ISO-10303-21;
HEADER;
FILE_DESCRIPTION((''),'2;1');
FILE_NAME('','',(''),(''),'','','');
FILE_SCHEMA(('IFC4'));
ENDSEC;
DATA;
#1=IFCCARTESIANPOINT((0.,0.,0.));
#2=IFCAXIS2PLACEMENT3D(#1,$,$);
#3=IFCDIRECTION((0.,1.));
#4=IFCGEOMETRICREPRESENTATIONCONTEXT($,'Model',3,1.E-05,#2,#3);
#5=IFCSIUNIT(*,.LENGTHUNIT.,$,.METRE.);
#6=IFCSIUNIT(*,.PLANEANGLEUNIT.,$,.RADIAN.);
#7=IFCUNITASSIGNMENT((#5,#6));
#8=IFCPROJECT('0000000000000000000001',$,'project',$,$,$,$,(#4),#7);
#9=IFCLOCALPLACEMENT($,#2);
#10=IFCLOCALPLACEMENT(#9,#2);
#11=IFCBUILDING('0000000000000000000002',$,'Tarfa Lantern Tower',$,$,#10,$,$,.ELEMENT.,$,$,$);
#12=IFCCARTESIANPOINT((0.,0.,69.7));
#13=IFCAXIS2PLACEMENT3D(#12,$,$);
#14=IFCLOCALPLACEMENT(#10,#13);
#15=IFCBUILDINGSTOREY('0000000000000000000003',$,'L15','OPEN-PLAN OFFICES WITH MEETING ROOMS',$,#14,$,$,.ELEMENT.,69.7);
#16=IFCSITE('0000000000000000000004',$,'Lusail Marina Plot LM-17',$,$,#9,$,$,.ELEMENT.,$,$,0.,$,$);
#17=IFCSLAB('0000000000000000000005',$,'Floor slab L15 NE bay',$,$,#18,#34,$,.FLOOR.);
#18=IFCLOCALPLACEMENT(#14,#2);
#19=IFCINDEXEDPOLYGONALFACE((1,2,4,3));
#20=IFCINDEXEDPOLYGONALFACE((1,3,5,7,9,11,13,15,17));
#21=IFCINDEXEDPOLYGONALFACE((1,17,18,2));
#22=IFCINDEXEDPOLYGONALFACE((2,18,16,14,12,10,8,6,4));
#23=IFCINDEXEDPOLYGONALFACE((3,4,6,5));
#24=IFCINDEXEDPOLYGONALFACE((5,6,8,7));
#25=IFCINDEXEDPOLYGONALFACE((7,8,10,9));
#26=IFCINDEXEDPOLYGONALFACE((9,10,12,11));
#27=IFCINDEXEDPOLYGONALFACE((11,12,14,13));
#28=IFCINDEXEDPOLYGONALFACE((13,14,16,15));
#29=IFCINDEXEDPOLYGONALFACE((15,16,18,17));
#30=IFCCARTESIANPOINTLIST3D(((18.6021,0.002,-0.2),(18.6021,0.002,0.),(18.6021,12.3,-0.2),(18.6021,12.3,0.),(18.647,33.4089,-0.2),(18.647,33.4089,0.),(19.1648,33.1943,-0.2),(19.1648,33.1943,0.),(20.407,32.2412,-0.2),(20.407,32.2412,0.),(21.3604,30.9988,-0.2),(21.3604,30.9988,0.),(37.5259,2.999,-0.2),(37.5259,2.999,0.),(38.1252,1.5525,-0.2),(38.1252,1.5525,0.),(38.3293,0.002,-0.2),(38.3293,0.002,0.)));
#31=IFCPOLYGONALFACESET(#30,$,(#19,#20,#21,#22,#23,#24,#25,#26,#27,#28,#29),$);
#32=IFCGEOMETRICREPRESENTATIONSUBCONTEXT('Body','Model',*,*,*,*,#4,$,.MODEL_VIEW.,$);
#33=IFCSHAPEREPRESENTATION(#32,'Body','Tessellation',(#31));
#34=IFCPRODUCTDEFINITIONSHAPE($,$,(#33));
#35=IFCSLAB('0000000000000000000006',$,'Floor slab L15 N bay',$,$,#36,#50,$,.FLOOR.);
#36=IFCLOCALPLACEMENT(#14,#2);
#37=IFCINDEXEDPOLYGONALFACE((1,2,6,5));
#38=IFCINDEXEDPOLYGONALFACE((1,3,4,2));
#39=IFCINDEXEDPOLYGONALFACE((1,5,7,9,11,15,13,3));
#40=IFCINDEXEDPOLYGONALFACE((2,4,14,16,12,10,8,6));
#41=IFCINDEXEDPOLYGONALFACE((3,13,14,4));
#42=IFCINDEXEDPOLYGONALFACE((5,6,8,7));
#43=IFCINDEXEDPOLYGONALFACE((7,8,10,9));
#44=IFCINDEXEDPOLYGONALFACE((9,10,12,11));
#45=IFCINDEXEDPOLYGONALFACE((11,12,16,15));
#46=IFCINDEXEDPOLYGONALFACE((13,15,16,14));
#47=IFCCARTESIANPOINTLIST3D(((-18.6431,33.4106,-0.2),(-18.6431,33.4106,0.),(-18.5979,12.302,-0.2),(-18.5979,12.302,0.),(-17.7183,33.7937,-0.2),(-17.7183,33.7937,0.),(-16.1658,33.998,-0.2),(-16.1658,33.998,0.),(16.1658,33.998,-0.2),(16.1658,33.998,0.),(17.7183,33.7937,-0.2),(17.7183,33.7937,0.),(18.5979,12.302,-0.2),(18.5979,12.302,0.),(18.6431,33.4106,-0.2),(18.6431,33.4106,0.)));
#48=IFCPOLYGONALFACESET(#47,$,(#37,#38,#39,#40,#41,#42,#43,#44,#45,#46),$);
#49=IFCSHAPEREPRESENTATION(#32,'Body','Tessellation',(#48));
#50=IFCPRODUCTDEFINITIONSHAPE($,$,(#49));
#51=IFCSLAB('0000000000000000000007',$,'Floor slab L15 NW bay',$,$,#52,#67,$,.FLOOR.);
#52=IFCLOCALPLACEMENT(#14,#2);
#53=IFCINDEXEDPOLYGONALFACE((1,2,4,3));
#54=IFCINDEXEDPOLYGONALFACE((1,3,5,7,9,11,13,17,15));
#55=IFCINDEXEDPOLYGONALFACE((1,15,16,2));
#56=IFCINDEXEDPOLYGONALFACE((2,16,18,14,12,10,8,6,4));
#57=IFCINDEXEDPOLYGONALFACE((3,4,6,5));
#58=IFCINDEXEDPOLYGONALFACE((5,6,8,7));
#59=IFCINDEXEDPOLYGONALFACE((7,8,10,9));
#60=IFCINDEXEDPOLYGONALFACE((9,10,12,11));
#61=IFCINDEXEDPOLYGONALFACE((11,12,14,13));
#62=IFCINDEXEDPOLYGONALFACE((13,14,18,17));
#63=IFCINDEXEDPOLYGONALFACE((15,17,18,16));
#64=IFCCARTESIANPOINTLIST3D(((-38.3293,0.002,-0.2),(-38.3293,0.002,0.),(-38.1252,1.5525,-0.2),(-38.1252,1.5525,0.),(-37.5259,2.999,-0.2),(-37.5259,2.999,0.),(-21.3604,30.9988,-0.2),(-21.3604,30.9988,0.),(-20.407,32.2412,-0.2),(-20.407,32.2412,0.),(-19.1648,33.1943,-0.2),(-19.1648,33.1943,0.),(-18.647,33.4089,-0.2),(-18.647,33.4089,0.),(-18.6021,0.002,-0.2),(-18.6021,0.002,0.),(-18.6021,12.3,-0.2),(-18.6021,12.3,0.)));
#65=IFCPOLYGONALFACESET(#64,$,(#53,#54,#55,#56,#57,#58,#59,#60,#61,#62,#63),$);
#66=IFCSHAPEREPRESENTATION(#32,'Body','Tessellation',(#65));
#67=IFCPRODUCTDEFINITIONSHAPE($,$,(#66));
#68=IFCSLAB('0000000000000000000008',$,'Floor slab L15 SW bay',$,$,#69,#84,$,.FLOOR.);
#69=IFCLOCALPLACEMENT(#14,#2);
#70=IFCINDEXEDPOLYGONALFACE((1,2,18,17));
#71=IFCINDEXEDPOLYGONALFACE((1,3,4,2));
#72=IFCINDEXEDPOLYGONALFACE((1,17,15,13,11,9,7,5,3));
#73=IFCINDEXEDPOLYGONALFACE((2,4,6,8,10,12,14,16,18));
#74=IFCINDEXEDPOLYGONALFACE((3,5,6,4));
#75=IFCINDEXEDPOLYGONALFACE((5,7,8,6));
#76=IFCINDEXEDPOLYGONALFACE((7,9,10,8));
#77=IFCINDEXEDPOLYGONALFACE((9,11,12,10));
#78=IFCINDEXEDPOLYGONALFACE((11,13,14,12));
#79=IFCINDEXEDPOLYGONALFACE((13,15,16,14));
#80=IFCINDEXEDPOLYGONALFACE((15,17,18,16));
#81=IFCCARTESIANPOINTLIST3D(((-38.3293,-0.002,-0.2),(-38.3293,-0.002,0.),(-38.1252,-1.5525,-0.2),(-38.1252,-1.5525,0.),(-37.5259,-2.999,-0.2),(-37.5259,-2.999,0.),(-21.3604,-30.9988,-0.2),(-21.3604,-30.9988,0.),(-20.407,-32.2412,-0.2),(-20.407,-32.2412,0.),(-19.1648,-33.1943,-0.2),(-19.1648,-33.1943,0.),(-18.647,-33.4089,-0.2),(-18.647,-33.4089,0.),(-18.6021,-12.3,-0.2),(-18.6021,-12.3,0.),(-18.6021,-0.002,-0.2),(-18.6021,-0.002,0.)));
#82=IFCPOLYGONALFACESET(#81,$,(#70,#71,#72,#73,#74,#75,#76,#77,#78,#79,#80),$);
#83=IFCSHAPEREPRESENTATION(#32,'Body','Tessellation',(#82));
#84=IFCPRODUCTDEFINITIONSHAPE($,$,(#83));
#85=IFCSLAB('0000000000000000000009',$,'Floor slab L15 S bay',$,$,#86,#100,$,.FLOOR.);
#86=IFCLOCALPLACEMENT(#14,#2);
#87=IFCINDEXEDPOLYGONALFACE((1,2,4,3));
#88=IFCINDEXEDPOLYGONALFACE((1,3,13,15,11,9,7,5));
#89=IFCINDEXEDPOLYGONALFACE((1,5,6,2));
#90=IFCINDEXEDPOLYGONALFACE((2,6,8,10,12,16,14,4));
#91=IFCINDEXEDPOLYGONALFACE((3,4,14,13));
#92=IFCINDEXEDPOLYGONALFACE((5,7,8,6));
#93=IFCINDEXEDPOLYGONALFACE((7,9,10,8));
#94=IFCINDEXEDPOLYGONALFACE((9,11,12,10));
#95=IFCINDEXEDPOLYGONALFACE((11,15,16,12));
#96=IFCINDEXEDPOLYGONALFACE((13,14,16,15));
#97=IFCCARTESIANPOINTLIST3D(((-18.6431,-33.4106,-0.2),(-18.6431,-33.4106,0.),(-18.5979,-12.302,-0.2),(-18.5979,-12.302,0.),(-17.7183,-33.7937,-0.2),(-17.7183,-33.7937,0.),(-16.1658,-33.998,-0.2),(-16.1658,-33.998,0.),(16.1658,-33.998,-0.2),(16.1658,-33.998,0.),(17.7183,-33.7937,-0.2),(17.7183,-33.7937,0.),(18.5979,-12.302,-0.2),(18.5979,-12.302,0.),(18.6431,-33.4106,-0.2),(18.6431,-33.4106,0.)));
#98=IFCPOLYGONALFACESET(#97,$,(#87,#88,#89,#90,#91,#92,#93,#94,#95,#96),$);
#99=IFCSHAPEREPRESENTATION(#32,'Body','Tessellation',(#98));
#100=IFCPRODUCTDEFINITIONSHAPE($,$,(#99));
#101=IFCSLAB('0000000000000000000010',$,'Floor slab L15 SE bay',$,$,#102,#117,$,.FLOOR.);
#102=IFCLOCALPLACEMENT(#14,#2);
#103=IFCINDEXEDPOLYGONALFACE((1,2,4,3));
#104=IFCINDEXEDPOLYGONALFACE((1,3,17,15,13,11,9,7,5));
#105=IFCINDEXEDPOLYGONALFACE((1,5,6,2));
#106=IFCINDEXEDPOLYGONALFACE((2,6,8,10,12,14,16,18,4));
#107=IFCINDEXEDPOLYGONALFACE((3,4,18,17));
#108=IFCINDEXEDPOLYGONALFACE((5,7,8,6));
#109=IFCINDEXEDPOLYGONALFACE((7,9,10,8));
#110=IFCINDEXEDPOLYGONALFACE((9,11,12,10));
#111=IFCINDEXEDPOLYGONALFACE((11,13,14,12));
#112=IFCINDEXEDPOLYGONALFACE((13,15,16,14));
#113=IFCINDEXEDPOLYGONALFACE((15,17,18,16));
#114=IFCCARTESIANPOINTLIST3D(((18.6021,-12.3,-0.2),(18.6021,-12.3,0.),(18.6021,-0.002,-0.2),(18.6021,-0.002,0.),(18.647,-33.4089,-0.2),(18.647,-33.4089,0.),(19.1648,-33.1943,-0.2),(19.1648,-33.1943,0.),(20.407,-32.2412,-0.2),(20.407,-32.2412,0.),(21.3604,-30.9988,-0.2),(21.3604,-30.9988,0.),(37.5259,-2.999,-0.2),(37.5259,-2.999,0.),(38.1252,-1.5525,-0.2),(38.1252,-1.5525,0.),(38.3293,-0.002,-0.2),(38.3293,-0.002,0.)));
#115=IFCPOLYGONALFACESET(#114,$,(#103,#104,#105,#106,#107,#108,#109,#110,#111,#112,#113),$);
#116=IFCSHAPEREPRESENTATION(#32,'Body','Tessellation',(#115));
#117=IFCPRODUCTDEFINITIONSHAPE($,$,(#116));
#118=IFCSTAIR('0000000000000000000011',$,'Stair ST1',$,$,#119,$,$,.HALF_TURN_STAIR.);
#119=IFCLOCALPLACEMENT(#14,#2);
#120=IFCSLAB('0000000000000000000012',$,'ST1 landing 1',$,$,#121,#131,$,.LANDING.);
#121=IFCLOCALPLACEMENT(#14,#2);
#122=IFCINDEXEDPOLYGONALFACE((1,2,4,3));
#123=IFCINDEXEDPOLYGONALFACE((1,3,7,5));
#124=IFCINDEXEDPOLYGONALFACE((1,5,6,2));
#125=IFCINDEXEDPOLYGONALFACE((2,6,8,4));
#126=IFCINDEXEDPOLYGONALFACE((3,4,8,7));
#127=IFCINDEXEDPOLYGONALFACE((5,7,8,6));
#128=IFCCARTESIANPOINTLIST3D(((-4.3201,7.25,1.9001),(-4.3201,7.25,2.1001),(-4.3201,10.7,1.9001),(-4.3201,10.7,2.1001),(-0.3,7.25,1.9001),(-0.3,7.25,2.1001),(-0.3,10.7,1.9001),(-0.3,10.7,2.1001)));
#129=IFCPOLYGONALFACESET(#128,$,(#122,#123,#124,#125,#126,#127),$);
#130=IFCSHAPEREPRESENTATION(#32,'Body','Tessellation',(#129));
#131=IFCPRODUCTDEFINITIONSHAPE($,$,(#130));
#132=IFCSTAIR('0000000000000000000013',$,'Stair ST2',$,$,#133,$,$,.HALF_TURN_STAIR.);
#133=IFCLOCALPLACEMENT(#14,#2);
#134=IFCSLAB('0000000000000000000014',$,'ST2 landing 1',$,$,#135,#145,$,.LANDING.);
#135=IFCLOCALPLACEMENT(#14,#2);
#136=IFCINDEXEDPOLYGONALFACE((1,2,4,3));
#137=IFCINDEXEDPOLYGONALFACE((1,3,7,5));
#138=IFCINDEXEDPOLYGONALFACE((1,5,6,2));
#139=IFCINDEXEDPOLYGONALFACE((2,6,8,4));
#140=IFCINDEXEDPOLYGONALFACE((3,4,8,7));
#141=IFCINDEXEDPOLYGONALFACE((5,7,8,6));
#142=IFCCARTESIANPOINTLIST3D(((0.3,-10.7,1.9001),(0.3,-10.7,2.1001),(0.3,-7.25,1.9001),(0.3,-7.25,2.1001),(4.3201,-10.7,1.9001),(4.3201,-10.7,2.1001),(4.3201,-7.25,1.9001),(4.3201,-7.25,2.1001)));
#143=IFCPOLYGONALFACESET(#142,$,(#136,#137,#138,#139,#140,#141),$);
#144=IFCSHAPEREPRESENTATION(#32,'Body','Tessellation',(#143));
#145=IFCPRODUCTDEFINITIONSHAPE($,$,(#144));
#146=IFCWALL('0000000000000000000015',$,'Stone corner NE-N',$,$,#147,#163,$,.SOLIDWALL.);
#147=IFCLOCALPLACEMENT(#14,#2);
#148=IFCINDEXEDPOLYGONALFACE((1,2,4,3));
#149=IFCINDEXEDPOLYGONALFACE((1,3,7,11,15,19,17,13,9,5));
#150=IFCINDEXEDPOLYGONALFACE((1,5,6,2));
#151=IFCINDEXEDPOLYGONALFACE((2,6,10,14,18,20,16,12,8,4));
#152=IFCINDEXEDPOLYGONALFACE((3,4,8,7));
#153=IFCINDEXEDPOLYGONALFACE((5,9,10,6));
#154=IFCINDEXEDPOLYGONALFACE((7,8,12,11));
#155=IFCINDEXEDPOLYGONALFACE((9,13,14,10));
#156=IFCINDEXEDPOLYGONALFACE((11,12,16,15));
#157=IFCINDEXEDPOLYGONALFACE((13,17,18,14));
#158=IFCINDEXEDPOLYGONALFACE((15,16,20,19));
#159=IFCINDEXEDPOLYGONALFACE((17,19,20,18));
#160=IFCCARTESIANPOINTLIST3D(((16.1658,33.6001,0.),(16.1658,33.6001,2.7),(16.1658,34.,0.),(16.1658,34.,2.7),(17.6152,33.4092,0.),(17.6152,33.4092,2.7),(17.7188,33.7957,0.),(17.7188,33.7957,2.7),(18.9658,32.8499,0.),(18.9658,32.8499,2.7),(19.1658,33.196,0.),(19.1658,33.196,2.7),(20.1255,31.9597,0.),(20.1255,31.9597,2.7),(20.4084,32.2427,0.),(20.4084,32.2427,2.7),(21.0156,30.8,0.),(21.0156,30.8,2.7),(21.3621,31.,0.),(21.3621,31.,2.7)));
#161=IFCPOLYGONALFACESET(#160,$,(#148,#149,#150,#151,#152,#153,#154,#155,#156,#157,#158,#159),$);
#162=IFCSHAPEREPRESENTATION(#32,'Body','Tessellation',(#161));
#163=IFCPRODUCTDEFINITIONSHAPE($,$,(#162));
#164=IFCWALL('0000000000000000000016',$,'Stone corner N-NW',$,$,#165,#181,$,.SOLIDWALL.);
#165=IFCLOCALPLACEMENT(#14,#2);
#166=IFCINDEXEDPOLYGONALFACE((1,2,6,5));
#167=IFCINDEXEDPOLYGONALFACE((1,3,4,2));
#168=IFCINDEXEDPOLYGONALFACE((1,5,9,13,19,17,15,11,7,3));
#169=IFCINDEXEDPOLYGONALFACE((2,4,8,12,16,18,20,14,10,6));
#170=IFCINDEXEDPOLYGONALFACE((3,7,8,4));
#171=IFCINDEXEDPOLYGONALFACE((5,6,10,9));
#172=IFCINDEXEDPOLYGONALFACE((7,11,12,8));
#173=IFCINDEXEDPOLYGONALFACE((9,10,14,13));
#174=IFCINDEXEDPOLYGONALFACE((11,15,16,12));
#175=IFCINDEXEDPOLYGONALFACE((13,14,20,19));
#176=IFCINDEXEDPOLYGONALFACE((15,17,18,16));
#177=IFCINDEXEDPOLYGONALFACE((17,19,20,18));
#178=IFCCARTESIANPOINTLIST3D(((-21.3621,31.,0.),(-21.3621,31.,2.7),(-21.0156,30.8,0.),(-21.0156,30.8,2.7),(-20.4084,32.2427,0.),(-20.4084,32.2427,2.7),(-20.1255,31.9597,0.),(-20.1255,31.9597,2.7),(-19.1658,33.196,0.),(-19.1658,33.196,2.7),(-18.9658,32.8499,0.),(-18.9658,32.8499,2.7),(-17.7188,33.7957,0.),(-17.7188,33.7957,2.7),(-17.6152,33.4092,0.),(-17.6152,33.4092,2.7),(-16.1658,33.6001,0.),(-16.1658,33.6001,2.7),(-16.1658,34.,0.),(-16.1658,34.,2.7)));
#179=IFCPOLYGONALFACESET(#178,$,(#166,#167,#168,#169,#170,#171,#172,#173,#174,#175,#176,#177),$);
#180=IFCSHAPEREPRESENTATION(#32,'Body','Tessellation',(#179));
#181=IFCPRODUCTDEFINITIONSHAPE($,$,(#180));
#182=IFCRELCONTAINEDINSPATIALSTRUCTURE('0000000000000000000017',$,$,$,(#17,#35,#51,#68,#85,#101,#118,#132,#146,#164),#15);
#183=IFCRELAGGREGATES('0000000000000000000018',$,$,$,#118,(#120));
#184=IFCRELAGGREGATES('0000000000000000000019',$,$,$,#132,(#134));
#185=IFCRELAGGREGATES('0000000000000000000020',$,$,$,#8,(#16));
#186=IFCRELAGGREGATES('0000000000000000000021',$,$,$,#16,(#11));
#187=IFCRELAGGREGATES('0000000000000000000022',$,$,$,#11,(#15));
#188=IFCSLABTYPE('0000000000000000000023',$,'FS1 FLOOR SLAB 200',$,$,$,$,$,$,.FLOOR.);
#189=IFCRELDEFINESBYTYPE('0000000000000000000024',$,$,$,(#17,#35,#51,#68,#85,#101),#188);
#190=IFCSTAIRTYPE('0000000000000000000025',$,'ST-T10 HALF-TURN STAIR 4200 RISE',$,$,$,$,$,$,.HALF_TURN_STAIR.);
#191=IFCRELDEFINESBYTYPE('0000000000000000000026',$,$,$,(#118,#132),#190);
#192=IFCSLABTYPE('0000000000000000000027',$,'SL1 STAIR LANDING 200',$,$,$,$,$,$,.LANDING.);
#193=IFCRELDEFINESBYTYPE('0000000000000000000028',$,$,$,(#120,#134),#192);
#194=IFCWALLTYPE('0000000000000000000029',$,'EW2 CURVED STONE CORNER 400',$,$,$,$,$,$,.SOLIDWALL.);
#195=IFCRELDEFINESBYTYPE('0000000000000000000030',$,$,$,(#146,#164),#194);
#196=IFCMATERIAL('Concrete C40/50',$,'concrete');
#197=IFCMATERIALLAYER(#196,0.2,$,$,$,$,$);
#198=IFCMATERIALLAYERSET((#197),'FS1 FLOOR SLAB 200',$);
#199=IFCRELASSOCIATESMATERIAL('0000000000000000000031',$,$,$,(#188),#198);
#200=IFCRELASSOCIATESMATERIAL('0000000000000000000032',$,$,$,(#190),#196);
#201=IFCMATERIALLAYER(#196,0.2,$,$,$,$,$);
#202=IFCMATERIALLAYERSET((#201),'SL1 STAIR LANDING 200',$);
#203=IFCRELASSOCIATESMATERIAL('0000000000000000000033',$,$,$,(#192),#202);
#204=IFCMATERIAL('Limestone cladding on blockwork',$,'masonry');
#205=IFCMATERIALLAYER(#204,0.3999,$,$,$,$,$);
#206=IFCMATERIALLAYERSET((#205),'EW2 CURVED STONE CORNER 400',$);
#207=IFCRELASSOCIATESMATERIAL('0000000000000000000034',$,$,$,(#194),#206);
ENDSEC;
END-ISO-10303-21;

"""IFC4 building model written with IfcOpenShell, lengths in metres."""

from ifc_helpers import new_model, si_unit, direction, frame, origin, place, context, subcontext, project, spatial, polyline, outline, extrude, material, layer, layer_set, type_object, element, aggregate, save


model = new_model("IFC4")

# Units and contexts
model_context = context("Model", 3, precision=1e-05, world=origin(), true_north=direction((0.0, 1.0)))
body_context = subcontext(model_context, "Body", "Model", "MODEL_VIEW")
ifc_project = project(units=[si_unit("LENGTHUNIT", "METRE"), si_unit("PLANEANGLEUNIT", "RADIAN")], contexts=[model_context])

# Site, building, storey
site_placement = place(None, origin())
site = spatial("IfcSite", under=ifc_project, at=site_placement, Name="Lusail Marina Plot LM-17", CompositionType="ELEMENT", RefElevation=0.0)
building_placement = place(site_placement, origin())
building = spatial("IfcBuilding", under=site, at=building_placement, Name="Tarfa Lantern Tower", CompositionType="ELEMENT")
storey_placement = place(building_placement, frame((0.0, 0.0, 69.7)))
storey = spatial("IfcBuildingStorey", under=building, at=storey_placement, Name="L15", Description="OPEN-PLAN OFFICES WITH MEETING ROOMS", CompositionType="ELEMENT", Elevation=69.7)

# Slabs
ifc_material_1 = material(Name="Concrete C40/50", Category="concrete")
ifc_layer_1 = layer(ifc_material_1, 0.2)
ifc_layer_set_1 = layer_set([ifc_layer_1], Name="FS1 FLOOR SLAB 200")
slab_type_1 = type_object("IfcSlabType", Name="FS1 FLOOR SLAB 200", PredefinedType="FLOOR", material=ifc_layer_set_1)
slab_1_placement = place(storey_placement, frame((0.0, 0.0, -0.2)))
element("IfcSlab", 1, at=slab_1_placement, inside=storey, type_object=slab_type_1, Name="Floor slab L15 NE bay", PredefinedType="FLOOR", context=body_context, shape_type="SweptSolid", body=[
    extrude(outline(polyline([(37.5259, 2.999), (21.3604, 30.9988), (20.407, 32.2412), (19.1648, 33.1943), (18.647, 33.4089), (18.6021, 12.3), (18.6021, 0.002), (38.3293, 0.002), (38.1252, 1.5525), (37.5259, 2.999)])), origin(), (0.0, 0.0, 1.0), 0.2),
])
slab_2_placement = place(storey_placement, frame((0.0, 0.0, -0.2)))
element("IfcSlab", 2, at=slab_2_placement, inside=storey, type_object=slab_type_1, Name="Floor slab L15 N bay", PredefinedType="FLOOR", context=body_context, shape_type="SweptSolid", body=[
    extrude(outline(polyline([(-18.5979, 12.302), (18.5979, 12.302), (18.6431, 33.4106), (17.7183, 33.7937), (16.1658, 33.998), (-16.1658, 33.998), (-17.7183, 33.7937), (-18.6431, 33.4106), (-18.5979, 12.302)])), origin(), (0.0, 0.0, 1.0), 0.2),
])
slab_3_placement = place(storey_placement, frame((0.0, 0.0, -0.2)))
element("IfcSlab", 3, at=slab_3_placement, inside=storey, type_object=slab_type_1, Name="Floor slab L15 NW bay", PredefinedType="FLOOR", context=body_context, shape_type="SweptSolid", body=[
    extrude(outline(polyline([(-18.6021, 0.002), (-18.6021, 12.3), (-18.647, 33.4089), (-19.1648, 33.1943), (-20.407, 32.2412), (-21.3604, 30.9988), (-37.5259, 2.999), (-38.1252, 1.5525), (-38.3293, 0.002), (-18.6021, 0.002)])), origin(), (0.0, 0.0, 1.0), 0.2),
])
slab_4_placement = place(storey_placement, frame((0.0, 0.0, -0.2)))
element("IfcSlab", 4, at=slab_4_placement, inside=storey, type_object=slab_type_1, Name="Floor slab L15 SW bay", PredefinedType="FLOOR", context=body_context, shape_type="SweptSolid", body=[
    extrude(outline(polyline([(-18.6021, -12.3), (-18.6021, -0.002), (-38.3293, -0.002), (-38.1252, -1.5525), (-37.5259, -2.999), (-21.3604, -30.9988), (-20.407, -32.2412), (-19.1648, -33.1943), (-18.647, -33.4089), (-18.6021, -12.3)])), origin(), (0.0, 0.0, 1.0), 0.2),
])
slab_5_placement = place(storey_placement, frame((0.0, 0.0, -0.2)))
element("IfcSlab", 5, at=slab_5_placement, inside=storey, type_object=slab_type_1, Name="Floor slab L15 S bay", PredefinedType="FLOOR", context=body_context, shape_type="SweptSolid", body=[
    extrude(outline(polyline([(18.5979, -12.302), (-18.5979, -12.302), (-18.6431, -33.4106), (-17.7183, -33.7937), (-16.1658, -33.998), (16.1658, -33.998), (17.7183, -33.7937), (18.6431, -33.4106), (18.5979, -12.302)])), origin(), (0.0, 0.0, 1.0), 0.2),
])
slab_6_placement = place(storey_placement, frame((0.0, 0.0, -0.2)))
element("IfcSlab", 6, at=slab_6_placement, inside=storey, type_object=slab_type_1, Name="Floor slab L15 SE bay", PredefinedType="FLOOR", context=body_context, shape_type="SweptSolid", body=[
    extrude(outline(polyline([(18.6021, -0.002), (18.6021, -12.3), (18.647, -33.4089), (19.1648, -33.1943), (20.407, -32.2412), (21.3604, -30.9988), (37.5259, -2.999), (38.1252, -1.5525), (38.3293, -0.002), (18.6021, -0.002)])), origin(), (0.0, 0.0, 1.0), 0.2),
])

# Stairs, slabs
stair_type = type_object("IfcStairType", Name="ST-T10 HALF-TURN STAIR 4200 RISE", PredefinedType="HALF_TURN_STAIR", material=ifc_material_1)
stair_1_placement = place(storey_placement, origin())
stair_1 = element("IfcStair", 7, at=stair_1_placement, inside=storey, type_object=stair_type, Name="Stair ST1", PredefinedType="HALF_TURN_STAIR")
ifc_layer_2 = layer(ifc_material_1, 0.2)
ifc_layer_set_2 = layer_set([ifc_layer_2], Name="SL1 STAIR LANDING 200")
slab_type_2 = type_object("IfcSlabType", Name="SL1 STAIR LANDING 200", PredefinedType="LANDING", material=ifc_layer_set_2)
slab_7_placement = place(storey_placement, frame((0.0, 0.0, 1.9001)))
slab_7 = element("IfcSlab", 8, at=slab_7_placement, type_object=slab_type_2, Name="ST1 landing 1", PredefinedType="LANDING", context=body_context, shape_type="SweptSolid", body=[
    extrude(outline(polyline([(-4.3201, 7.25), (-0.3, 7.25), (-0.3, 10.7), (-4.3201, 10.7), (-4.3201, 7.25)])), origin(), (0.0, 0.0, 1.0), 0.2),
])
aggregate(stair_1, [slab_7])
stair_2_placement = place(storey_placement, origin())
stair_2 = element("IfcStair", 9, at=stair_2_placement, inside=storey, type_object=stair_type, Name="Stair ST2", PredefinedType="HALF_TURN_STAIR")
slab_8_placement = place(storey_placement, frame((0.0, 0.0, 1.9001)))
slab_8 = element("IfcSlab", 10, at=slab_8_placement, type_object=slab_type_2, Name="ST2 landing 1", PredefinedType="LANDING", context=body_context, shape_type="SweptSolid", body=[
    extrude(outline(polyline([(4.3201, -7.25), (0.3, -7.25), (0.3, -10.7), (4.3201, -10.7), (4.3201, -7.25)])), origin(), (0.0, 0.0, 1.0), 0.2),
])
aggregate(stair_2, [slab_8])

# Walls
ifc_material_2 = material(Name="Limestone cladding on blockwork", Category="masonry")
ifc_layer_3 = layer(ifc_material_2, 0.3999)
ifc_layer_set_3 = layer_set([ifc_layer_3], Name="EW2 CURVED STONE CORNER 400")
wall_type_1 = type_object("IfcWallType", Name="EW2 CURVED STONE CORNER 400", PredefinedType="SOLIDWALL", material=ifc_layer_set_3)
wall_1_placement = place(storey_placement, origin())
element("IfcWall", 11, at=wall_1_placement, inside=storey, type_object=wall_type_1, Name="Stone corner NE-N", PredefinedType="SOLIDWALL", context=body_context, shape_type="SweptSolid", body=[
    extrude(outline(polyline([(21.3621, 31.0), (20.4084, 32.2427), (19.1658, 33.196), (17.7188, 33.7957), (16.1658, 34.0), (16.1658, 33.6001), (17.6152, 33.4092), (18.9658, 32.8499), (20.1255, 31.9597), (21.0156, 30.8), (21.3621, 31.0)])), origin(), (0.0, 0.0, 1.0), 2.7),
])
wall_2_placement = place(storey_placement, origin())
element("IfcWall", 12, at=wall_2_placement, inside=storey, type_object=wall_type_1, Name="Stone corner N-NW", PredefinedType="SOLIDWALL", context=body_context, shape_type="SweptSolid", body=[
    extrude(outline(polyline([(-16.1658, 34.0), (-17.7188, 33.7957), (-19.1658, 33.196), (-20.4084, 32.2427), (-21.3621, 31.0), (-21.0156, 30.8), (-20.1255, 31.9597), (-18.9658, 32.8499), (-17.6152, 33.4092), (-16.1658, 33.6001), (-16.1658, 34.0)])), origin(), (0.0, 0.0, 1.0), 2.7),
])

save(model, "model.ifc")
